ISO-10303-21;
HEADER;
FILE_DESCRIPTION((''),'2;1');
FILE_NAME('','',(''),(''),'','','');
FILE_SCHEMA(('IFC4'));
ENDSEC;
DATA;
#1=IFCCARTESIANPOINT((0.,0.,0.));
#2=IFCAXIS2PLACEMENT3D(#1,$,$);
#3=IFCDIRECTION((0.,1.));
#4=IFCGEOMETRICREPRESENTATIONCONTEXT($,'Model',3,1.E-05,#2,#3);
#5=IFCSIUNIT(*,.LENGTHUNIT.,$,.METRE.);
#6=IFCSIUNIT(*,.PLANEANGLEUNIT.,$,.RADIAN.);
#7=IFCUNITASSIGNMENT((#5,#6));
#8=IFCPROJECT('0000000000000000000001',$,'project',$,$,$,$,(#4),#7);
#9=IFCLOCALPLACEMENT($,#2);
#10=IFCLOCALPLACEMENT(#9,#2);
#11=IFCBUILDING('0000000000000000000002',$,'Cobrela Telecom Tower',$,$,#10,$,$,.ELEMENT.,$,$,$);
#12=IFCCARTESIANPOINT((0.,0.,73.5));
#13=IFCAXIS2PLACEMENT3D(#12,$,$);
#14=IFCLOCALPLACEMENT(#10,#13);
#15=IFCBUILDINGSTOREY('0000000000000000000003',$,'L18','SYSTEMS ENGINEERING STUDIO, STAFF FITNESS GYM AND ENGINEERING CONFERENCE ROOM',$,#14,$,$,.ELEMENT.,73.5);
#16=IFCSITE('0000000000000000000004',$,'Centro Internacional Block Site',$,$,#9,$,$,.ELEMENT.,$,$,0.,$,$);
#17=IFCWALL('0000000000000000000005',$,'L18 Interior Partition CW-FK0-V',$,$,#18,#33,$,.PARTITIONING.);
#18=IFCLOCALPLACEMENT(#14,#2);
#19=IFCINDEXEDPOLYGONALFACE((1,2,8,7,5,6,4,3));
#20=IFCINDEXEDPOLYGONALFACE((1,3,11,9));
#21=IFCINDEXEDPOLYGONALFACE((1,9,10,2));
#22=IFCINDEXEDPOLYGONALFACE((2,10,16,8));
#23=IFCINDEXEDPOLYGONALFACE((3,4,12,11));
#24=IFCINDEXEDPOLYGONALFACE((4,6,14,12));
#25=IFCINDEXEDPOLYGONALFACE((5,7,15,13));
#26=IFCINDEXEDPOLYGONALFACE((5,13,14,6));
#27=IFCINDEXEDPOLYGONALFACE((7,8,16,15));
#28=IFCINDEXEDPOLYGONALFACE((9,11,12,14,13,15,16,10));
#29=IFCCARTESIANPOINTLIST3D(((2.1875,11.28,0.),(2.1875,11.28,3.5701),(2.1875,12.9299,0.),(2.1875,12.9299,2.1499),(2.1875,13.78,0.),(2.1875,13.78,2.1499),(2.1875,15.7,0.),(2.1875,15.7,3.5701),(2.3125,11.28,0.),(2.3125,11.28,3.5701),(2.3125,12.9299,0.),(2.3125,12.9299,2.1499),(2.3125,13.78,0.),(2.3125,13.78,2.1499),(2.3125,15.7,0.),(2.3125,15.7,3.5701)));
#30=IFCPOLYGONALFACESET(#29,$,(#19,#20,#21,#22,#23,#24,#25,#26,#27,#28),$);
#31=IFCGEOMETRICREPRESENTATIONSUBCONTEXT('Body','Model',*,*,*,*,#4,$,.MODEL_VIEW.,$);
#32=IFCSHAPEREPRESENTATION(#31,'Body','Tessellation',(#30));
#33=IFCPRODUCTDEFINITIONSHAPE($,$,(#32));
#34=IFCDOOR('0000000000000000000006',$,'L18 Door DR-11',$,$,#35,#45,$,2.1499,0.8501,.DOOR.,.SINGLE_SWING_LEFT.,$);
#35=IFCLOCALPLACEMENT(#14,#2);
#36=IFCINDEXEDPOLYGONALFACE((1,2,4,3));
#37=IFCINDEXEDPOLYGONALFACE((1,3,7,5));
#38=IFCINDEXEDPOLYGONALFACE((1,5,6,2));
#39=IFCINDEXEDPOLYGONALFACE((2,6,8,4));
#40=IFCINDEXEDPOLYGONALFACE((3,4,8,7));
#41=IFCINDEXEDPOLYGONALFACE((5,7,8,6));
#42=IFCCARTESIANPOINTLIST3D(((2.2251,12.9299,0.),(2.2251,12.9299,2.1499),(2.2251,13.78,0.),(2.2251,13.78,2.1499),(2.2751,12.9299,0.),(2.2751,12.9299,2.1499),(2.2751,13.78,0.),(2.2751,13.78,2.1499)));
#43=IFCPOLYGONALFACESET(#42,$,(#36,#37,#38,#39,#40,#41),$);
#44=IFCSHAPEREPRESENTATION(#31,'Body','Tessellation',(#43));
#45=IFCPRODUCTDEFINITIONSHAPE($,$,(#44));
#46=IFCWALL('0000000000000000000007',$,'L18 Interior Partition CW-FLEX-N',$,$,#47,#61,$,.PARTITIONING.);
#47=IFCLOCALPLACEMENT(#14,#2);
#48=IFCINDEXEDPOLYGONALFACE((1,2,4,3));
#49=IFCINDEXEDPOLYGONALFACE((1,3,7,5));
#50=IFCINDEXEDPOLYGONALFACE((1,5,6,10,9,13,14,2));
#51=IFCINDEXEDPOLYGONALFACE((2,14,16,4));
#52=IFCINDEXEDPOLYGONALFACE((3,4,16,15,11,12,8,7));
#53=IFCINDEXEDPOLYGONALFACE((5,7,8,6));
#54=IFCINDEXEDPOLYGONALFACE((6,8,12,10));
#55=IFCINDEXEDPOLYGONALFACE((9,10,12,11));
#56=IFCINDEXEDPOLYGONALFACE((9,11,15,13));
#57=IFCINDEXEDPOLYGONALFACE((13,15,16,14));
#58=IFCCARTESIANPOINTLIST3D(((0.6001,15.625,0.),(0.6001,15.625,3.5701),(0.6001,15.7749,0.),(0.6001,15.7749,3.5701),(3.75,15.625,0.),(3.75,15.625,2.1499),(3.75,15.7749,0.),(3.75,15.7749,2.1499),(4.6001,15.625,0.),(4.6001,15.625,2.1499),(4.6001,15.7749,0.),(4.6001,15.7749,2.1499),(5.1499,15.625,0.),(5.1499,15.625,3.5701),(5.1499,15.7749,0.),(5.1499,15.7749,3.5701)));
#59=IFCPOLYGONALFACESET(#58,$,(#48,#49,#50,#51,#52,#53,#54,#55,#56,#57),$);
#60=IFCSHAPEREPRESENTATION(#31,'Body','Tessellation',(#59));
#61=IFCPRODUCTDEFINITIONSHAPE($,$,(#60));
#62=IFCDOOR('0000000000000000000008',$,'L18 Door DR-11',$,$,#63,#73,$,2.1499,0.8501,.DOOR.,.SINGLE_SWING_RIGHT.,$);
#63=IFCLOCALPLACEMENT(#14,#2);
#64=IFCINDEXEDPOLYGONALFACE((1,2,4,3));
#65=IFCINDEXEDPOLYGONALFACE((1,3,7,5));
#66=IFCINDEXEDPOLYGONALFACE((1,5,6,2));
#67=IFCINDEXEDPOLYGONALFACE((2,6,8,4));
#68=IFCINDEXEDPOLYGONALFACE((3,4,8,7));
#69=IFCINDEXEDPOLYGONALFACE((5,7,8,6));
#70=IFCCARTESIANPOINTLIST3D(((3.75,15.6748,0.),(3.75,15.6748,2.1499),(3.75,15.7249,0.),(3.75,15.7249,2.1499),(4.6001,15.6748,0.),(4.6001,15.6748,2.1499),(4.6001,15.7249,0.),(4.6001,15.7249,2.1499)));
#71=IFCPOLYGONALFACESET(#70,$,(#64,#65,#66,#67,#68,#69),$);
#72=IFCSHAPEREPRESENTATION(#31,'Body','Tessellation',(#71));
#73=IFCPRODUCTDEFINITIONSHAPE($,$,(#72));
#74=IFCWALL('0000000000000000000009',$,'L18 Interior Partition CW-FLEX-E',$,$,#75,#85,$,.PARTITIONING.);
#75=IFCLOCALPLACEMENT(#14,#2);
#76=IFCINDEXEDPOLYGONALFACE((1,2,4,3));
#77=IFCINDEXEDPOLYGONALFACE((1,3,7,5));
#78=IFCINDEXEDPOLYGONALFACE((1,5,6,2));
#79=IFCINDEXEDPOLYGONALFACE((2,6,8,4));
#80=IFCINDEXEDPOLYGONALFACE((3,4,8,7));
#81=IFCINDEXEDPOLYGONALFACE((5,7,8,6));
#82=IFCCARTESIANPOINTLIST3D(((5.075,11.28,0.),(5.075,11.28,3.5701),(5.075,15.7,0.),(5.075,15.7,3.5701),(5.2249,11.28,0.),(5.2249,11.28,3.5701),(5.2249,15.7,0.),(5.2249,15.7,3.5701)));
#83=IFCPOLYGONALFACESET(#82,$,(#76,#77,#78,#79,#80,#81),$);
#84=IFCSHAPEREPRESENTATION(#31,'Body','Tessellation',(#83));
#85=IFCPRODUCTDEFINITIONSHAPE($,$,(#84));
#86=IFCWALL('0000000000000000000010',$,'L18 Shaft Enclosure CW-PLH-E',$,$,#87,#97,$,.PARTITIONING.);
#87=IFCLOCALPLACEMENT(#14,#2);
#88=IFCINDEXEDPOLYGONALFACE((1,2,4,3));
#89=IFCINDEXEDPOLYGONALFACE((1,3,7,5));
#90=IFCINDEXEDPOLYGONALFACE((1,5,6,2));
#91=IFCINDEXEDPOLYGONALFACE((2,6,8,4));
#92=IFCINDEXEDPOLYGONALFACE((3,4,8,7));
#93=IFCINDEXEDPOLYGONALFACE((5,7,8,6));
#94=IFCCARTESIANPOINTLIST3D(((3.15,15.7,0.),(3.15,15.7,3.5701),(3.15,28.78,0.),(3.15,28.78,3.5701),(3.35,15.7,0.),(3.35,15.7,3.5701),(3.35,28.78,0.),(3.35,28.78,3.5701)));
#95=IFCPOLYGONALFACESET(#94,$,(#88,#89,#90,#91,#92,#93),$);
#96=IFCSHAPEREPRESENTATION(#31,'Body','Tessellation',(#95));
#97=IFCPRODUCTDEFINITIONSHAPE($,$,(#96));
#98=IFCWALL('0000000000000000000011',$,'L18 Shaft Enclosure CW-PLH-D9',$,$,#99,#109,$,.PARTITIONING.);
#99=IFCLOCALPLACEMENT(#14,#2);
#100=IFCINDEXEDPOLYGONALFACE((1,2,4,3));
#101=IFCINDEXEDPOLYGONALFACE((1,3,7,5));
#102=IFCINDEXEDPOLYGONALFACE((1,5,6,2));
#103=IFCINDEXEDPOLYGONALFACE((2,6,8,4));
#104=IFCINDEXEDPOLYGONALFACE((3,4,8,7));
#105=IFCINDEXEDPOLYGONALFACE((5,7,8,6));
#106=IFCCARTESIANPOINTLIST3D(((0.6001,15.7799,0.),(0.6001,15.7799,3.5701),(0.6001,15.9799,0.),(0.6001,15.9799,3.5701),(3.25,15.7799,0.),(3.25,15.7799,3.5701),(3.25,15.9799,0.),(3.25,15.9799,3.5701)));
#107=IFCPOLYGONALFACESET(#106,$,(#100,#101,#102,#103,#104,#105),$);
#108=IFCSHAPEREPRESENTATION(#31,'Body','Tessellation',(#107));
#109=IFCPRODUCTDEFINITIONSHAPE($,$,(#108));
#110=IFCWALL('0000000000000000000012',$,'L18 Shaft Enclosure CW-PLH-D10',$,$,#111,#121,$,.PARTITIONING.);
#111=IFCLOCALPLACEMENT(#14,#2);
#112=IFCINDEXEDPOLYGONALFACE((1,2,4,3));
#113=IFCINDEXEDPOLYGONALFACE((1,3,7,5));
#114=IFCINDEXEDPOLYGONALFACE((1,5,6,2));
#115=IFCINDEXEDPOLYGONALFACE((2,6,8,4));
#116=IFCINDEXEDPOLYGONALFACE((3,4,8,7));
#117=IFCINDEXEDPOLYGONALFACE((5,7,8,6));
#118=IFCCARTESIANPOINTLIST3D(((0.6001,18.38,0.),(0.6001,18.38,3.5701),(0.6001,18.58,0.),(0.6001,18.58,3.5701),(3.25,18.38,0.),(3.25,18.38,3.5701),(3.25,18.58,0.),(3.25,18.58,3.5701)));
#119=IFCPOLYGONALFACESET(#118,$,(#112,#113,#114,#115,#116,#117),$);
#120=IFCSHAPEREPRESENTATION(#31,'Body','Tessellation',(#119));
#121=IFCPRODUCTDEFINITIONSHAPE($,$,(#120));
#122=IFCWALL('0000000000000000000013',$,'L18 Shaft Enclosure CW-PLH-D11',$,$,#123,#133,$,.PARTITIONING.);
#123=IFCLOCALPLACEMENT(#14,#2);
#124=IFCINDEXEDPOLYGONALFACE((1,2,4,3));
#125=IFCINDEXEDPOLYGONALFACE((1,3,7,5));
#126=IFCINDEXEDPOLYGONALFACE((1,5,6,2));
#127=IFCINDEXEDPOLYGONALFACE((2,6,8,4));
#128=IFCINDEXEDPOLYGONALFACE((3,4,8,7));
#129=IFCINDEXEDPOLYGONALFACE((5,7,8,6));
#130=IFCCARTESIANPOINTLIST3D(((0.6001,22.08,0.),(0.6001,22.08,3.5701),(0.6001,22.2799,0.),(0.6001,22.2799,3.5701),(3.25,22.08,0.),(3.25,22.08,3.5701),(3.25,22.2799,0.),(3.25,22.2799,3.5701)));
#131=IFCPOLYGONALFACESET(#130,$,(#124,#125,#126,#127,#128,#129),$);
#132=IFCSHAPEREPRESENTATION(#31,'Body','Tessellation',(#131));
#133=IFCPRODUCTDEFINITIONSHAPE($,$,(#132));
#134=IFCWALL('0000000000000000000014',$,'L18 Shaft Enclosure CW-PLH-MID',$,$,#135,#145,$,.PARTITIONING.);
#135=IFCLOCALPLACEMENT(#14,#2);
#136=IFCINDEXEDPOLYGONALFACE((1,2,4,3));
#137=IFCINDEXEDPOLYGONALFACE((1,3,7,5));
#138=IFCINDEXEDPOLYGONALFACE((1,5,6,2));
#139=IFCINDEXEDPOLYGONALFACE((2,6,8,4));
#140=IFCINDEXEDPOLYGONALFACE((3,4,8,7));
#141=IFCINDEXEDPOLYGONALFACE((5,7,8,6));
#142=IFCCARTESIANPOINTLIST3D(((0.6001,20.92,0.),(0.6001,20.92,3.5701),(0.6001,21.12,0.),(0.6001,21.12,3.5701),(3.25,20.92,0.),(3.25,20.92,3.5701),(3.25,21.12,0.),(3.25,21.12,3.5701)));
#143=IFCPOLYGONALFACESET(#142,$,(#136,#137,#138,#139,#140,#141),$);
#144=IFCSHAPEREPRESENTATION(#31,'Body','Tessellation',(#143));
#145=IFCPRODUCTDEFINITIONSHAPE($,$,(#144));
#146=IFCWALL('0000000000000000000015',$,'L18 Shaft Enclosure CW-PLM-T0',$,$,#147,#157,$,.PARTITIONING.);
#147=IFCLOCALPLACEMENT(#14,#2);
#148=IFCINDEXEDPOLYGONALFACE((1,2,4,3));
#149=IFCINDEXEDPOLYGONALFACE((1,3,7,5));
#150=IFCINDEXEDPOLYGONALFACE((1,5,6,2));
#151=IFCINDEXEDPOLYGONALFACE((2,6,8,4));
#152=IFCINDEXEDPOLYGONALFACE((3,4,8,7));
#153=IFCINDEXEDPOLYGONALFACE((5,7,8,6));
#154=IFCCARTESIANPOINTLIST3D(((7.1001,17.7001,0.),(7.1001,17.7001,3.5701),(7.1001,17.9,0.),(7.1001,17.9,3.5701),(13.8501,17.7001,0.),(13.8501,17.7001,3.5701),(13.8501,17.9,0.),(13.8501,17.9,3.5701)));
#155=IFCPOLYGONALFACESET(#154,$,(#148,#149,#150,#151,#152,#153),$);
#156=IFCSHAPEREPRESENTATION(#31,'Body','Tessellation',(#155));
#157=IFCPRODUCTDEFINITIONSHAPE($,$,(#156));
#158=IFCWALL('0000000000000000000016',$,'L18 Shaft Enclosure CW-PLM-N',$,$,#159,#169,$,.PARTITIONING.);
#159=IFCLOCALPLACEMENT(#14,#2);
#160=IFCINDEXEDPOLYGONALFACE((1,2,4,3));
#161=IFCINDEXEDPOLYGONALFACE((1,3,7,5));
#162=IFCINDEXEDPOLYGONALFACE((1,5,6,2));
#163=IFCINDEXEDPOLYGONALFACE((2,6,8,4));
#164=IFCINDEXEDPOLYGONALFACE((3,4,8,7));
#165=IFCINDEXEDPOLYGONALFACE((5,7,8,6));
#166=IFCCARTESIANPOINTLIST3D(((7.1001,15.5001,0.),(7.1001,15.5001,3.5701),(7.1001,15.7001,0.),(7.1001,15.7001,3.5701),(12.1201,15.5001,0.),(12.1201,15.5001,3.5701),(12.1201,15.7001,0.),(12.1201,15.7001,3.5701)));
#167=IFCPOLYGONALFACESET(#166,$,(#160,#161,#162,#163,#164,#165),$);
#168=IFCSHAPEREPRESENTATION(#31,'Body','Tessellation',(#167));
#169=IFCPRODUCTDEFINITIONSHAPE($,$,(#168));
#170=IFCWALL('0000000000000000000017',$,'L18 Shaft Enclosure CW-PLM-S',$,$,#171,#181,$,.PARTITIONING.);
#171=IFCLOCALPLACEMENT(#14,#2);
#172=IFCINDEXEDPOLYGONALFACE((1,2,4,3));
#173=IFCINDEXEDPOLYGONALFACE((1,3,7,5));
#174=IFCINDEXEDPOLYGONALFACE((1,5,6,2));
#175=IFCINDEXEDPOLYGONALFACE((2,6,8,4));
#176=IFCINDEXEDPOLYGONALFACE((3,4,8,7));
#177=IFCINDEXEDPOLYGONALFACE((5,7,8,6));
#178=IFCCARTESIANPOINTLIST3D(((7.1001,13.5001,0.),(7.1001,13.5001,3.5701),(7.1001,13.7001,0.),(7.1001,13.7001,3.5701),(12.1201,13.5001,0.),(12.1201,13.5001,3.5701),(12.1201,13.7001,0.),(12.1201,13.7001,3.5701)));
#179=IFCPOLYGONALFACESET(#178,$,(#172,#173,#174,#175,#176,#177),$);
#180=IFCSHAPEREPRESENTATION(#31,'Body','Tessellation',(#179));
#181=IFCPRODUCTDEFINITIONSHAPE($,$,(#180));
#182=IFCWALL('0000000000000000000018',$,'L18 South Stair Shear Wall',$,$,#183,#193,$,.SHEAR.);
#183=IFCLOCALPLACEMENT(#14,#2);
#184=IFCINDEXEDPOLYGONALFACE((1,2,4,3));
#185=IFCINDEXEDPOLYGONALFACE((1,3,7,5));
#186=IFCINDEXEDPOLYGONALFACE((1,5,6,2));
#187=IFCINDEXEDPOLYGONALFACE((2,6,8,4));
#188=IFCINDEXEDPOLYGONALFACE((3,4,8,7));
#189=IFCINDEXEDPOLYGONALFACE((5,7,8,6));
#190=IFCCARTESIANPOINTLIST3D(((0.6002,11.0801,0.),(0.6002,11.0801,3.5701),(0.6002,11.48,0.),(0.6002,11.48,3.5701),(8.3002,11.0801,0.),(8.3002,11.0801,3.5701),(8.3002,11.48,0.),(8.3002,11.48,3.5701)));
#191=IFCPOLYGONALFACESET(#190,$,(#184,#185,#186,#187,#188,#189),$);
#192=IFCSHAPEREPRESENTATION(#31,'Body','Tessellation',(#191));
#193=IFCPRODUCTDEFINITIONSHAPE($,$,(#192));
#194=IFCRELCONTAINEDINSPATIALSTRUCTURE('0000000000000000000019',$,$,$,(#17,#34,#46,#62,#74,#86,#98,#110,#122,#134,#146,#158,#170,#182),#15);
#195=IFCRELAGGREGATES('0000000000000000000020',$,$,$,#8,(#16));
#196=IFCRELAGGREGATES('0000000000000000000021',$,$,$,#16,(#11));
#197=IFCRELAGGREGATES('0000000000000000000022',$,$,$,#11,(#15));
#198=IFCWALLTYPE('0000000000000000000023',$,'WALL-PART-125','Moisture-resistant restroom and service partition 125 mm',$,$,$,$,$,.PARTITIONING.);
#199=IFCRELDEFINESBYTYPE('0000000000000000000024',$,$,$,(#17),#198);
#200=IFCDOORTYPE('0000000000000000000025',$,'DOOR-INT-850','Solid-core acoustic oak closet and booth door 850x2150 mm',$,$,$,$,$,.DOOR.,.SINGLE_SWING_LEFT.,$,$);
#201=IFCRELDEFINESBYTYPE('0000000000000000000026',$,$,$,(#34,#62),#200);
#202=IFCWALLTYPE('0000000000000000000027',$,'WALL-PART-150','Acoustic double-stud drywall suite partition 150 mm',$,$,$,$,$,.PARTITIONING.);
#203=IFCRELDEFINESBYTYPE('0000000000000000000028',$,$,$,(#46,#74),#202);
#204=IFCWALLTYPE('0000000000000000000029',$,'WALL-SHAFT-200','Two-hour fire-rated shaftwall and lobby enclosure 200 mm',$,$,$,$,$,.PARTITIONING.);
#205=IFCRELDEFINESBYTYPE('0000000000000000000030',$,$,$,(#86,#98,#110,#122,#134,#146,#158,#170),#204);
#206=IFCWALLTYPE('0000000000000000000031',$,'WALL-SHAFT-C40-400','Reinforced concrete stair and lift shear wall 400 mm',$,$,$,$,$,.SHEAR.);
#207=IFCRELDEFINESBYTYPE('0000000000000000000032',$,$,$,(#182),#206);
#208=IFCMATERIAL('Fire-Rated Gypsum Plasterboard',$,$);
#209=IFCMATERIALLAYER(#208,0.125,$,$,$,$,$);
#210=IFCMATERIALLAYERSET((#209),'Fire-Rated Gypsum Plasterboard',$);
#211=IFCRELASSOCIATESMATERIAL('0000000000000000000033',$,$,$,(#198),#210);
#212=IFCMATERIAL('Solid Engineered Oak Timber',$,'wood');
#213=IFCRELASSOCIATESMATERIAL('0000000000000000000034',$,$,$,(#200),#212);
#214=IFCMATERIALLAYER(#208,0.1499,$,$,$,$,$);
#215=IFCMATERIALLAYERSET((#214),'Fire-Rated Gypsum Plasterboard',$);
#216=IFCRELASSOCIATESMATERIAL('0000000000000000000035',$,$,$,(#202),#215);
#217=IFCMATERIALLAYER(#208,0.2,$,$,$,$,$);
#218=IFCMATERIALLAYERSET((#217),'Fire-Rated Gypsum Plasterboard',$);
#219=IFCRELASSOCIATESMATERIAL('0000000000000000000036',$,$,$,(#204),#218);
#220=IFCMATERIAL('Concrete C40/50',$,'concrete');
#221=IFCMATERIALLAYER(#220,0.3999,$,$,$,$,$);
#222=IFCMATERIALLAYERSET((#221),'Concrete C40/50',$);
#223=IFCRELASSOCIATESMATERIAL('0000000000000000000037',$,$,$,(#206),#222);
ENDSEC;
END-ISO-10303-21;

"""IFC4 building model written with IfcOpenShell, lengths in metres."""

from ifc_helpers import new_model, si_unit, direction, frame, frame_2d, origin, place, context, subcontext, project, spatial, rectangle, extrude, material, layer, layer_set, type_object, element, fill, save


model = new_model("IFC4")

# Units and contexts
model_context = context("Model", 3, precision=1e-05, world=origin(), true_north=direction((0.0, 1.0)))
body_context = subcontext(model_context, "Body", "Model", "MODEL_VIEW")
ifc_project = project(units=[si_unit("LENGTHUNIT", "METRE"), si_unit("PLANEANGLEUNIT", "RADIAN")], contexts=[model_context])

# Site, building, storey
site_placement = place(None, origin())
site = spatial("IfcSite", under=ifc_project, at=site_placement, Name="Centro Internacional Block Site", CompositionType="ELEMENT", RefElevation=0.0)
building_placement = place(site_placement, origin())
building = spatial("IfcBuilding", under=site, at=building_placement, Name="Cobrela Telecom Tower", CompositionType="ELEMENT")
storey_placement = place(building_placement, frame((0.0, 0.0, 73.5)))
storey = spatial("IfcBuildingStorey", under=building, at=storey_placement, Name="L18", Description="SYSTEMS ENGINEERING STUDIO, STAFF FITNESS GYM AND ENGINEERING CONFERENCE ROOM", CompositionType="ELEMENT", Elevation=73.5)

# Walls, openings, doors
ifc_material_1 = material(Name="Fire-Rated Gypsum Plasterboard")
ifc_layer_1 = layer(ifc_material_1, 0.125)
ifc_layer_set_1 = layer_set([ifc_layer_1], Name="Fire-Rated Gypsum Plasterboard")
wall_type_1 = type_object("IfcWallType", Name="WALL-PART-125", Description="Moisture-resistant restroom and service partition 125 mm", PredefinedType="PARTITIONING", material=ifc_layer_set_1)
wall_1_placement = place(storey_placement, frame((2.25, 11.28, 0.0), z_axis=(0.0, 0.0, 1.0), x_axis=(0.0, 1.0, 0.0)))
wall_1 = element("IfcWall", 1, at=wall_1_placement, inside=storey, type_object=wall_type_1, Name="L18 Interior Partition CW-FK0-V", PredefinedType="PARTITIONING", context=body_context, shape_type="SweptSolid", body=[
    extrude(rectangle(XDim=4.4199, YDim=0.125, at=frame_2d((2.21, 0.0))), origin(), (0.0, 0.0, 1.0), 3.5701),
])
opening_1_placement = place(wall_1_placement, frame((1.6499, 0.0, 0.0)))
opening_1 = element("IfcOpeningElement", 2, at=opening_1_placement, cuts=wall_1, PredefinedType="OPENING", context=body_context, shape_type="SweptSolid", body=[
    extrude(rectangle(XDim=0.8501, YDim=2.1499, at=frame_2d((0.425, 1.075))), frame((0.0, 0.0745, 0.0), z_axis=(0.0, -1.0, 0.0), x_axis=(1.0, 0.0, 0.0)), (0.0, 0.0, 1.0), 0.1489),
])
ifc_material_2 = material(Name="Solid Engineered Oak Timber", Category="wood")
door_type = type_object("IfcDoorType", Name="DOOR-INT-850", Description="Solid-core acoustic oak closet and booth door 850x2150 mm", OperationType="SINGLE_SWING_LEFT", PredefinedType="DOOR", material=ifc_material_2)
door_1_placement = place(opening_1_placement, origin())
door_1 = element("IfcDoor", 3, at=door_1_placement, inside=storey, type_object=door_type, Name="L18 Door DR-11", OperationType="SINGLE_SWING_LEFT", OverallHeight=2.1499, OverallWidth=0.8501, PredefinedType="DOOR", context=body_context, shape_type="SweptSolid", body=[
    extrude(rectangle(XDim=0.8501, YDim=2.1499, at=frame_2d((0.425, 1.075))), frame((0.0, 0.0249, 0.0), z_axis=(0.0, -1.0, 0.0), x_axis=(1.0, 0.0, 0.0)), (0.0, 0.0, 1.0), 0.05),
])
fill(opening_1, door_1)
ifc_layer_2 = layer(ifc_material_1, 0.1499)
ifc_layer_set_2 = layer_set([ifc_layer_2], Name="Fire-Rated Gypsum Plasterboard")
wall_type_2 = type_object("IfcWallType", Name="WALL-PART-150", Description="Acoustic double-stud drywall suite partition 150 mm", PredefinedType="PARTITIONING", material=ifc_layer_set_2)
wall_2_placement = place(storey_placement, frame((0.6001, 15.7, 0.0), z_axis=(0.0, 0.0, 1.0), x_axis=(1.0, 0.0, 0.0)))
wall_2 = element("IfcWall", 4, at=wall_2_placement, inside=storey, type_object=wall_type_2, Name="L18 Interior Partition CW-FLEX-N", PredefinedType="PARTITIONING", context=body_context, shape_type="SweptSolid", body=[
    extrude(rectangle(XDim=4.5498, YDim=0.1499, at=frame_2d((2.2749, 0.0))), origin(), (0.0, 0.0, 1.0), 3.5701),
])
opening_2_placement = place(wall_2_placement, frame((3.1499, 0.0, 0.0)))
opening_2 = element("IfcOpeningElement", 5, at=opening_2_placement, cuts=wall_2, PredefinedType="OPENING", context=body_context, shape_type="SweptSolid", body=[
    extrude(rectangle(XDim=0.8501, YDim=2.1499, at=frame_2d((0.425, 1.075))), frame((0.0, 0.0869, 0.0), z_axis=(0.0, -1.0, 0.0), x_axis=(1.0, 0.0, 0.0)), (0.0, 0.0, 1.0), 0.1738),
])
door_2_placement = place(opening_2_placement, origin())
door_2 = element("IfcDoor", 6, at=door_2_placement, inside=storey, type_object=door_type, Name="L18 Door DR-11", OperationType="SINGLE_SWING_RIGHT", OverallHeight=2.1499, OverallWidth=0.8501, PredefinedType="DOOR", context=body_context, shape_type="SweptSolid", body=[
    extrude(rectangle(XDim=0.8501, YDim=2.1499, at=frame_2d((0.425, 1.075))), frame((0.0, 0.0249, 0.0), z_axis=(0.0, -1.0, 0.0), x_axis=(1.0, 0.0, 0.0)), (0.0, 0.0, 1.0), 0.05),
])
fill(opening_2, door_2)

# Walls
wall_3_placement = place(storey_placement, frame((5.1499, 11.28, 0.0), z_axis=(0.0, 0.0, 1.0), x_axis=(0.0, 1.0, 0.0)))
element("IfcWall", 7, at=wall_3_placement, inside=storey, type_object=wall_type_2, Name="L18 Interior Partition CW-FLEX-E", PredefinedType="PARTITIONING", context=body_context, shape_type="SweptSolid", body=[
    extrude(rectangle(XDim=4.4199, YDim=0.1499, at=frame_2d((2.21, 0.0))), origin(), (0.0, 0.0, 1.0), 3.5701),
])
ifc_layer_3 = layer(ifc_material_1, 0.2)
ifc_layer_set_3 = layer_set([ifc_layer_3], Name="Fire-Rated Gypsum Plasterboard")
wall_type_3 = type_object("IfcWallType", Name="WALL-SHAFT-200", Description="Two-hour fire-rated shaftwall and lobby enclosure 200 mm", PredefinedType="PARTITIONING", material=ifc_layer_set_3)
wall_4_placement = place(storey_placement, frame((3.25, 15.7, 0.0), z_axis=(0.0, 0.0, 1.0), x_axis=(0.0, 1.0, 0.0)))
element("IfcWall", 8, at=wall_4_placement, inside=storey, type_object=wall_type_3, Name="L18 Shaft Enclosure CW-PLH-E", PredefinedType="PARTITIONING", context=body_context, shape_type="SweptSolid", body=[
    extrude(rectangle(XDim=13.0801, YDim=0.2, at=frame_2d((6.54, 0.0))), origin(), (0.0, 0.0, 1.0), 3.5701),
])
for number, where, z_axis, x_axis, name in (
    (9, (0.6001, 15.8799, 0.0), (0.0, 0.0, 1.0), (1.0, 0.0, 0.0), "L18 Shaft Enclosure CW-PLH-D9"),
    (10, (0.6001, 18.48, 0.0), (0.0, 0.0, 1.0), (1.0, 0.0, 0.0), "L18 Shaft Enclosure CW-PLH-D10"),
    (11, (0.6001, 22.1799, 0.0), (0.0, 0.0, 1.0), (1.0, 0.0, 0.0), "L18 Shaft Enclosure CW-PLH-D11"),
    (12, (0.6001, 21.02, 0.0), (0.0, 0.0, 1.0), (1.0, 0.0, 0.0), "L18 Shaft Enclosure CW-PLH-MID"),
):
    element("IfcWall", number, at=place(storey_placement, frame(where, z_axis=z_axis, x_axis=x_axis)), inside=storey, type_object=wall_type_3, Name=name, PredefinedType="PARTITIONING", context=body_context, shape_type="SweptSolid", body=[
        extrude(rectangle(XDim=2.6499, YDim=0.2, at=frame_2d((1.325, 0.0))), origin(), (0.0, 0.0, 1.0), 3.5701),
    ])
wall_5_placement = place(storey_placement, frame((7.1001, 17.8, 0.0), z_axis=(0.0, 0.0, 1.0), x_axis=(1.0, 0.0, 0.0)))
element("IfcWall", 13, at=wall_5_placement, inside=storey, type_object=wall_type_3, Name="L18 Shaft Enclosure CW-PLM-T0", PredefinedType="PARTITIONING", context=body_context, shape_type="SweptSolid", body=[
    extrude(rectangle(XDim=6.75, YDim=0.2, at=frame_2d((3.375, 0.0))), origin(), (0.0, 0.0, 1.0), 3.5701),
])
for number, where, z_axis, x_axis, name in (
    (14, (7.1001, 15.6001, 0.0), (0.0, 0.0, 1.0), (1.0, 0.0, 0.0), "L18 Shaft Enclosure CW-PLM-N"),
    (15, (7.1001, 13.6001, 0.0), (0.0, 0.0, 1.0), (1.0, 0.0, 0.0), "L18 Shaft Enclosure CW-PLM-S"),
):
    element("IfcWall", number, at=place(storey_placement, frame(where, z_axis=z_axis, x_axis=x_axis)), inside=storey, type_object=wall_type_3, Name=name, PredefinedType="PARTITIONING", context=body_context, shape_type="SweptSolid", body=[
        extrude(rectangle(XDim=5.02, YDim=0.2, at=frame_2d((2.51, 0.0))), origin(), (0.0, 0.0, 1.0), 3.5701),
    ])
ifc_material_3 = material(Name="Concrete C40/50", Category="concrete")
ifc_layer_4 = layer(ifc_material_3, 0.3999)
ifc_layer_set_4 = layer_set([ifc_layer_4], Name="Concrete C40/50")
wall_type_4 = type_object("IfcWallType", Name="WALL-SHAFT-C40-400", Description="Reinforced concrete stair and lift shear wall 400 mm", PredefinedType="SHEAR", material=ifc_layer_set_4)
wall_6_placement = place(storey_placement, frame((0.6001, 11.28, 0.0), z_axis=(0.0, 0.0, 1.0), x_axis=(1.0, 0.0, 0.0)))
element("IfcWall", 16, at=wall_6_placement, inside=storey, type_object=wall_type_4, Name="L18 South Stair Shear Wall", PredefinedType="SHEAR", context=body_context, shape_type="SweptSolid", body=[
    extrude(rectangle(XDim=7.7, YDim=0.3999, at=frame_2d((3.8501, 0.0))), origin(), (0.0, 0.0, 1.0), 3.5701),
])

save(model, "model.ifc")
